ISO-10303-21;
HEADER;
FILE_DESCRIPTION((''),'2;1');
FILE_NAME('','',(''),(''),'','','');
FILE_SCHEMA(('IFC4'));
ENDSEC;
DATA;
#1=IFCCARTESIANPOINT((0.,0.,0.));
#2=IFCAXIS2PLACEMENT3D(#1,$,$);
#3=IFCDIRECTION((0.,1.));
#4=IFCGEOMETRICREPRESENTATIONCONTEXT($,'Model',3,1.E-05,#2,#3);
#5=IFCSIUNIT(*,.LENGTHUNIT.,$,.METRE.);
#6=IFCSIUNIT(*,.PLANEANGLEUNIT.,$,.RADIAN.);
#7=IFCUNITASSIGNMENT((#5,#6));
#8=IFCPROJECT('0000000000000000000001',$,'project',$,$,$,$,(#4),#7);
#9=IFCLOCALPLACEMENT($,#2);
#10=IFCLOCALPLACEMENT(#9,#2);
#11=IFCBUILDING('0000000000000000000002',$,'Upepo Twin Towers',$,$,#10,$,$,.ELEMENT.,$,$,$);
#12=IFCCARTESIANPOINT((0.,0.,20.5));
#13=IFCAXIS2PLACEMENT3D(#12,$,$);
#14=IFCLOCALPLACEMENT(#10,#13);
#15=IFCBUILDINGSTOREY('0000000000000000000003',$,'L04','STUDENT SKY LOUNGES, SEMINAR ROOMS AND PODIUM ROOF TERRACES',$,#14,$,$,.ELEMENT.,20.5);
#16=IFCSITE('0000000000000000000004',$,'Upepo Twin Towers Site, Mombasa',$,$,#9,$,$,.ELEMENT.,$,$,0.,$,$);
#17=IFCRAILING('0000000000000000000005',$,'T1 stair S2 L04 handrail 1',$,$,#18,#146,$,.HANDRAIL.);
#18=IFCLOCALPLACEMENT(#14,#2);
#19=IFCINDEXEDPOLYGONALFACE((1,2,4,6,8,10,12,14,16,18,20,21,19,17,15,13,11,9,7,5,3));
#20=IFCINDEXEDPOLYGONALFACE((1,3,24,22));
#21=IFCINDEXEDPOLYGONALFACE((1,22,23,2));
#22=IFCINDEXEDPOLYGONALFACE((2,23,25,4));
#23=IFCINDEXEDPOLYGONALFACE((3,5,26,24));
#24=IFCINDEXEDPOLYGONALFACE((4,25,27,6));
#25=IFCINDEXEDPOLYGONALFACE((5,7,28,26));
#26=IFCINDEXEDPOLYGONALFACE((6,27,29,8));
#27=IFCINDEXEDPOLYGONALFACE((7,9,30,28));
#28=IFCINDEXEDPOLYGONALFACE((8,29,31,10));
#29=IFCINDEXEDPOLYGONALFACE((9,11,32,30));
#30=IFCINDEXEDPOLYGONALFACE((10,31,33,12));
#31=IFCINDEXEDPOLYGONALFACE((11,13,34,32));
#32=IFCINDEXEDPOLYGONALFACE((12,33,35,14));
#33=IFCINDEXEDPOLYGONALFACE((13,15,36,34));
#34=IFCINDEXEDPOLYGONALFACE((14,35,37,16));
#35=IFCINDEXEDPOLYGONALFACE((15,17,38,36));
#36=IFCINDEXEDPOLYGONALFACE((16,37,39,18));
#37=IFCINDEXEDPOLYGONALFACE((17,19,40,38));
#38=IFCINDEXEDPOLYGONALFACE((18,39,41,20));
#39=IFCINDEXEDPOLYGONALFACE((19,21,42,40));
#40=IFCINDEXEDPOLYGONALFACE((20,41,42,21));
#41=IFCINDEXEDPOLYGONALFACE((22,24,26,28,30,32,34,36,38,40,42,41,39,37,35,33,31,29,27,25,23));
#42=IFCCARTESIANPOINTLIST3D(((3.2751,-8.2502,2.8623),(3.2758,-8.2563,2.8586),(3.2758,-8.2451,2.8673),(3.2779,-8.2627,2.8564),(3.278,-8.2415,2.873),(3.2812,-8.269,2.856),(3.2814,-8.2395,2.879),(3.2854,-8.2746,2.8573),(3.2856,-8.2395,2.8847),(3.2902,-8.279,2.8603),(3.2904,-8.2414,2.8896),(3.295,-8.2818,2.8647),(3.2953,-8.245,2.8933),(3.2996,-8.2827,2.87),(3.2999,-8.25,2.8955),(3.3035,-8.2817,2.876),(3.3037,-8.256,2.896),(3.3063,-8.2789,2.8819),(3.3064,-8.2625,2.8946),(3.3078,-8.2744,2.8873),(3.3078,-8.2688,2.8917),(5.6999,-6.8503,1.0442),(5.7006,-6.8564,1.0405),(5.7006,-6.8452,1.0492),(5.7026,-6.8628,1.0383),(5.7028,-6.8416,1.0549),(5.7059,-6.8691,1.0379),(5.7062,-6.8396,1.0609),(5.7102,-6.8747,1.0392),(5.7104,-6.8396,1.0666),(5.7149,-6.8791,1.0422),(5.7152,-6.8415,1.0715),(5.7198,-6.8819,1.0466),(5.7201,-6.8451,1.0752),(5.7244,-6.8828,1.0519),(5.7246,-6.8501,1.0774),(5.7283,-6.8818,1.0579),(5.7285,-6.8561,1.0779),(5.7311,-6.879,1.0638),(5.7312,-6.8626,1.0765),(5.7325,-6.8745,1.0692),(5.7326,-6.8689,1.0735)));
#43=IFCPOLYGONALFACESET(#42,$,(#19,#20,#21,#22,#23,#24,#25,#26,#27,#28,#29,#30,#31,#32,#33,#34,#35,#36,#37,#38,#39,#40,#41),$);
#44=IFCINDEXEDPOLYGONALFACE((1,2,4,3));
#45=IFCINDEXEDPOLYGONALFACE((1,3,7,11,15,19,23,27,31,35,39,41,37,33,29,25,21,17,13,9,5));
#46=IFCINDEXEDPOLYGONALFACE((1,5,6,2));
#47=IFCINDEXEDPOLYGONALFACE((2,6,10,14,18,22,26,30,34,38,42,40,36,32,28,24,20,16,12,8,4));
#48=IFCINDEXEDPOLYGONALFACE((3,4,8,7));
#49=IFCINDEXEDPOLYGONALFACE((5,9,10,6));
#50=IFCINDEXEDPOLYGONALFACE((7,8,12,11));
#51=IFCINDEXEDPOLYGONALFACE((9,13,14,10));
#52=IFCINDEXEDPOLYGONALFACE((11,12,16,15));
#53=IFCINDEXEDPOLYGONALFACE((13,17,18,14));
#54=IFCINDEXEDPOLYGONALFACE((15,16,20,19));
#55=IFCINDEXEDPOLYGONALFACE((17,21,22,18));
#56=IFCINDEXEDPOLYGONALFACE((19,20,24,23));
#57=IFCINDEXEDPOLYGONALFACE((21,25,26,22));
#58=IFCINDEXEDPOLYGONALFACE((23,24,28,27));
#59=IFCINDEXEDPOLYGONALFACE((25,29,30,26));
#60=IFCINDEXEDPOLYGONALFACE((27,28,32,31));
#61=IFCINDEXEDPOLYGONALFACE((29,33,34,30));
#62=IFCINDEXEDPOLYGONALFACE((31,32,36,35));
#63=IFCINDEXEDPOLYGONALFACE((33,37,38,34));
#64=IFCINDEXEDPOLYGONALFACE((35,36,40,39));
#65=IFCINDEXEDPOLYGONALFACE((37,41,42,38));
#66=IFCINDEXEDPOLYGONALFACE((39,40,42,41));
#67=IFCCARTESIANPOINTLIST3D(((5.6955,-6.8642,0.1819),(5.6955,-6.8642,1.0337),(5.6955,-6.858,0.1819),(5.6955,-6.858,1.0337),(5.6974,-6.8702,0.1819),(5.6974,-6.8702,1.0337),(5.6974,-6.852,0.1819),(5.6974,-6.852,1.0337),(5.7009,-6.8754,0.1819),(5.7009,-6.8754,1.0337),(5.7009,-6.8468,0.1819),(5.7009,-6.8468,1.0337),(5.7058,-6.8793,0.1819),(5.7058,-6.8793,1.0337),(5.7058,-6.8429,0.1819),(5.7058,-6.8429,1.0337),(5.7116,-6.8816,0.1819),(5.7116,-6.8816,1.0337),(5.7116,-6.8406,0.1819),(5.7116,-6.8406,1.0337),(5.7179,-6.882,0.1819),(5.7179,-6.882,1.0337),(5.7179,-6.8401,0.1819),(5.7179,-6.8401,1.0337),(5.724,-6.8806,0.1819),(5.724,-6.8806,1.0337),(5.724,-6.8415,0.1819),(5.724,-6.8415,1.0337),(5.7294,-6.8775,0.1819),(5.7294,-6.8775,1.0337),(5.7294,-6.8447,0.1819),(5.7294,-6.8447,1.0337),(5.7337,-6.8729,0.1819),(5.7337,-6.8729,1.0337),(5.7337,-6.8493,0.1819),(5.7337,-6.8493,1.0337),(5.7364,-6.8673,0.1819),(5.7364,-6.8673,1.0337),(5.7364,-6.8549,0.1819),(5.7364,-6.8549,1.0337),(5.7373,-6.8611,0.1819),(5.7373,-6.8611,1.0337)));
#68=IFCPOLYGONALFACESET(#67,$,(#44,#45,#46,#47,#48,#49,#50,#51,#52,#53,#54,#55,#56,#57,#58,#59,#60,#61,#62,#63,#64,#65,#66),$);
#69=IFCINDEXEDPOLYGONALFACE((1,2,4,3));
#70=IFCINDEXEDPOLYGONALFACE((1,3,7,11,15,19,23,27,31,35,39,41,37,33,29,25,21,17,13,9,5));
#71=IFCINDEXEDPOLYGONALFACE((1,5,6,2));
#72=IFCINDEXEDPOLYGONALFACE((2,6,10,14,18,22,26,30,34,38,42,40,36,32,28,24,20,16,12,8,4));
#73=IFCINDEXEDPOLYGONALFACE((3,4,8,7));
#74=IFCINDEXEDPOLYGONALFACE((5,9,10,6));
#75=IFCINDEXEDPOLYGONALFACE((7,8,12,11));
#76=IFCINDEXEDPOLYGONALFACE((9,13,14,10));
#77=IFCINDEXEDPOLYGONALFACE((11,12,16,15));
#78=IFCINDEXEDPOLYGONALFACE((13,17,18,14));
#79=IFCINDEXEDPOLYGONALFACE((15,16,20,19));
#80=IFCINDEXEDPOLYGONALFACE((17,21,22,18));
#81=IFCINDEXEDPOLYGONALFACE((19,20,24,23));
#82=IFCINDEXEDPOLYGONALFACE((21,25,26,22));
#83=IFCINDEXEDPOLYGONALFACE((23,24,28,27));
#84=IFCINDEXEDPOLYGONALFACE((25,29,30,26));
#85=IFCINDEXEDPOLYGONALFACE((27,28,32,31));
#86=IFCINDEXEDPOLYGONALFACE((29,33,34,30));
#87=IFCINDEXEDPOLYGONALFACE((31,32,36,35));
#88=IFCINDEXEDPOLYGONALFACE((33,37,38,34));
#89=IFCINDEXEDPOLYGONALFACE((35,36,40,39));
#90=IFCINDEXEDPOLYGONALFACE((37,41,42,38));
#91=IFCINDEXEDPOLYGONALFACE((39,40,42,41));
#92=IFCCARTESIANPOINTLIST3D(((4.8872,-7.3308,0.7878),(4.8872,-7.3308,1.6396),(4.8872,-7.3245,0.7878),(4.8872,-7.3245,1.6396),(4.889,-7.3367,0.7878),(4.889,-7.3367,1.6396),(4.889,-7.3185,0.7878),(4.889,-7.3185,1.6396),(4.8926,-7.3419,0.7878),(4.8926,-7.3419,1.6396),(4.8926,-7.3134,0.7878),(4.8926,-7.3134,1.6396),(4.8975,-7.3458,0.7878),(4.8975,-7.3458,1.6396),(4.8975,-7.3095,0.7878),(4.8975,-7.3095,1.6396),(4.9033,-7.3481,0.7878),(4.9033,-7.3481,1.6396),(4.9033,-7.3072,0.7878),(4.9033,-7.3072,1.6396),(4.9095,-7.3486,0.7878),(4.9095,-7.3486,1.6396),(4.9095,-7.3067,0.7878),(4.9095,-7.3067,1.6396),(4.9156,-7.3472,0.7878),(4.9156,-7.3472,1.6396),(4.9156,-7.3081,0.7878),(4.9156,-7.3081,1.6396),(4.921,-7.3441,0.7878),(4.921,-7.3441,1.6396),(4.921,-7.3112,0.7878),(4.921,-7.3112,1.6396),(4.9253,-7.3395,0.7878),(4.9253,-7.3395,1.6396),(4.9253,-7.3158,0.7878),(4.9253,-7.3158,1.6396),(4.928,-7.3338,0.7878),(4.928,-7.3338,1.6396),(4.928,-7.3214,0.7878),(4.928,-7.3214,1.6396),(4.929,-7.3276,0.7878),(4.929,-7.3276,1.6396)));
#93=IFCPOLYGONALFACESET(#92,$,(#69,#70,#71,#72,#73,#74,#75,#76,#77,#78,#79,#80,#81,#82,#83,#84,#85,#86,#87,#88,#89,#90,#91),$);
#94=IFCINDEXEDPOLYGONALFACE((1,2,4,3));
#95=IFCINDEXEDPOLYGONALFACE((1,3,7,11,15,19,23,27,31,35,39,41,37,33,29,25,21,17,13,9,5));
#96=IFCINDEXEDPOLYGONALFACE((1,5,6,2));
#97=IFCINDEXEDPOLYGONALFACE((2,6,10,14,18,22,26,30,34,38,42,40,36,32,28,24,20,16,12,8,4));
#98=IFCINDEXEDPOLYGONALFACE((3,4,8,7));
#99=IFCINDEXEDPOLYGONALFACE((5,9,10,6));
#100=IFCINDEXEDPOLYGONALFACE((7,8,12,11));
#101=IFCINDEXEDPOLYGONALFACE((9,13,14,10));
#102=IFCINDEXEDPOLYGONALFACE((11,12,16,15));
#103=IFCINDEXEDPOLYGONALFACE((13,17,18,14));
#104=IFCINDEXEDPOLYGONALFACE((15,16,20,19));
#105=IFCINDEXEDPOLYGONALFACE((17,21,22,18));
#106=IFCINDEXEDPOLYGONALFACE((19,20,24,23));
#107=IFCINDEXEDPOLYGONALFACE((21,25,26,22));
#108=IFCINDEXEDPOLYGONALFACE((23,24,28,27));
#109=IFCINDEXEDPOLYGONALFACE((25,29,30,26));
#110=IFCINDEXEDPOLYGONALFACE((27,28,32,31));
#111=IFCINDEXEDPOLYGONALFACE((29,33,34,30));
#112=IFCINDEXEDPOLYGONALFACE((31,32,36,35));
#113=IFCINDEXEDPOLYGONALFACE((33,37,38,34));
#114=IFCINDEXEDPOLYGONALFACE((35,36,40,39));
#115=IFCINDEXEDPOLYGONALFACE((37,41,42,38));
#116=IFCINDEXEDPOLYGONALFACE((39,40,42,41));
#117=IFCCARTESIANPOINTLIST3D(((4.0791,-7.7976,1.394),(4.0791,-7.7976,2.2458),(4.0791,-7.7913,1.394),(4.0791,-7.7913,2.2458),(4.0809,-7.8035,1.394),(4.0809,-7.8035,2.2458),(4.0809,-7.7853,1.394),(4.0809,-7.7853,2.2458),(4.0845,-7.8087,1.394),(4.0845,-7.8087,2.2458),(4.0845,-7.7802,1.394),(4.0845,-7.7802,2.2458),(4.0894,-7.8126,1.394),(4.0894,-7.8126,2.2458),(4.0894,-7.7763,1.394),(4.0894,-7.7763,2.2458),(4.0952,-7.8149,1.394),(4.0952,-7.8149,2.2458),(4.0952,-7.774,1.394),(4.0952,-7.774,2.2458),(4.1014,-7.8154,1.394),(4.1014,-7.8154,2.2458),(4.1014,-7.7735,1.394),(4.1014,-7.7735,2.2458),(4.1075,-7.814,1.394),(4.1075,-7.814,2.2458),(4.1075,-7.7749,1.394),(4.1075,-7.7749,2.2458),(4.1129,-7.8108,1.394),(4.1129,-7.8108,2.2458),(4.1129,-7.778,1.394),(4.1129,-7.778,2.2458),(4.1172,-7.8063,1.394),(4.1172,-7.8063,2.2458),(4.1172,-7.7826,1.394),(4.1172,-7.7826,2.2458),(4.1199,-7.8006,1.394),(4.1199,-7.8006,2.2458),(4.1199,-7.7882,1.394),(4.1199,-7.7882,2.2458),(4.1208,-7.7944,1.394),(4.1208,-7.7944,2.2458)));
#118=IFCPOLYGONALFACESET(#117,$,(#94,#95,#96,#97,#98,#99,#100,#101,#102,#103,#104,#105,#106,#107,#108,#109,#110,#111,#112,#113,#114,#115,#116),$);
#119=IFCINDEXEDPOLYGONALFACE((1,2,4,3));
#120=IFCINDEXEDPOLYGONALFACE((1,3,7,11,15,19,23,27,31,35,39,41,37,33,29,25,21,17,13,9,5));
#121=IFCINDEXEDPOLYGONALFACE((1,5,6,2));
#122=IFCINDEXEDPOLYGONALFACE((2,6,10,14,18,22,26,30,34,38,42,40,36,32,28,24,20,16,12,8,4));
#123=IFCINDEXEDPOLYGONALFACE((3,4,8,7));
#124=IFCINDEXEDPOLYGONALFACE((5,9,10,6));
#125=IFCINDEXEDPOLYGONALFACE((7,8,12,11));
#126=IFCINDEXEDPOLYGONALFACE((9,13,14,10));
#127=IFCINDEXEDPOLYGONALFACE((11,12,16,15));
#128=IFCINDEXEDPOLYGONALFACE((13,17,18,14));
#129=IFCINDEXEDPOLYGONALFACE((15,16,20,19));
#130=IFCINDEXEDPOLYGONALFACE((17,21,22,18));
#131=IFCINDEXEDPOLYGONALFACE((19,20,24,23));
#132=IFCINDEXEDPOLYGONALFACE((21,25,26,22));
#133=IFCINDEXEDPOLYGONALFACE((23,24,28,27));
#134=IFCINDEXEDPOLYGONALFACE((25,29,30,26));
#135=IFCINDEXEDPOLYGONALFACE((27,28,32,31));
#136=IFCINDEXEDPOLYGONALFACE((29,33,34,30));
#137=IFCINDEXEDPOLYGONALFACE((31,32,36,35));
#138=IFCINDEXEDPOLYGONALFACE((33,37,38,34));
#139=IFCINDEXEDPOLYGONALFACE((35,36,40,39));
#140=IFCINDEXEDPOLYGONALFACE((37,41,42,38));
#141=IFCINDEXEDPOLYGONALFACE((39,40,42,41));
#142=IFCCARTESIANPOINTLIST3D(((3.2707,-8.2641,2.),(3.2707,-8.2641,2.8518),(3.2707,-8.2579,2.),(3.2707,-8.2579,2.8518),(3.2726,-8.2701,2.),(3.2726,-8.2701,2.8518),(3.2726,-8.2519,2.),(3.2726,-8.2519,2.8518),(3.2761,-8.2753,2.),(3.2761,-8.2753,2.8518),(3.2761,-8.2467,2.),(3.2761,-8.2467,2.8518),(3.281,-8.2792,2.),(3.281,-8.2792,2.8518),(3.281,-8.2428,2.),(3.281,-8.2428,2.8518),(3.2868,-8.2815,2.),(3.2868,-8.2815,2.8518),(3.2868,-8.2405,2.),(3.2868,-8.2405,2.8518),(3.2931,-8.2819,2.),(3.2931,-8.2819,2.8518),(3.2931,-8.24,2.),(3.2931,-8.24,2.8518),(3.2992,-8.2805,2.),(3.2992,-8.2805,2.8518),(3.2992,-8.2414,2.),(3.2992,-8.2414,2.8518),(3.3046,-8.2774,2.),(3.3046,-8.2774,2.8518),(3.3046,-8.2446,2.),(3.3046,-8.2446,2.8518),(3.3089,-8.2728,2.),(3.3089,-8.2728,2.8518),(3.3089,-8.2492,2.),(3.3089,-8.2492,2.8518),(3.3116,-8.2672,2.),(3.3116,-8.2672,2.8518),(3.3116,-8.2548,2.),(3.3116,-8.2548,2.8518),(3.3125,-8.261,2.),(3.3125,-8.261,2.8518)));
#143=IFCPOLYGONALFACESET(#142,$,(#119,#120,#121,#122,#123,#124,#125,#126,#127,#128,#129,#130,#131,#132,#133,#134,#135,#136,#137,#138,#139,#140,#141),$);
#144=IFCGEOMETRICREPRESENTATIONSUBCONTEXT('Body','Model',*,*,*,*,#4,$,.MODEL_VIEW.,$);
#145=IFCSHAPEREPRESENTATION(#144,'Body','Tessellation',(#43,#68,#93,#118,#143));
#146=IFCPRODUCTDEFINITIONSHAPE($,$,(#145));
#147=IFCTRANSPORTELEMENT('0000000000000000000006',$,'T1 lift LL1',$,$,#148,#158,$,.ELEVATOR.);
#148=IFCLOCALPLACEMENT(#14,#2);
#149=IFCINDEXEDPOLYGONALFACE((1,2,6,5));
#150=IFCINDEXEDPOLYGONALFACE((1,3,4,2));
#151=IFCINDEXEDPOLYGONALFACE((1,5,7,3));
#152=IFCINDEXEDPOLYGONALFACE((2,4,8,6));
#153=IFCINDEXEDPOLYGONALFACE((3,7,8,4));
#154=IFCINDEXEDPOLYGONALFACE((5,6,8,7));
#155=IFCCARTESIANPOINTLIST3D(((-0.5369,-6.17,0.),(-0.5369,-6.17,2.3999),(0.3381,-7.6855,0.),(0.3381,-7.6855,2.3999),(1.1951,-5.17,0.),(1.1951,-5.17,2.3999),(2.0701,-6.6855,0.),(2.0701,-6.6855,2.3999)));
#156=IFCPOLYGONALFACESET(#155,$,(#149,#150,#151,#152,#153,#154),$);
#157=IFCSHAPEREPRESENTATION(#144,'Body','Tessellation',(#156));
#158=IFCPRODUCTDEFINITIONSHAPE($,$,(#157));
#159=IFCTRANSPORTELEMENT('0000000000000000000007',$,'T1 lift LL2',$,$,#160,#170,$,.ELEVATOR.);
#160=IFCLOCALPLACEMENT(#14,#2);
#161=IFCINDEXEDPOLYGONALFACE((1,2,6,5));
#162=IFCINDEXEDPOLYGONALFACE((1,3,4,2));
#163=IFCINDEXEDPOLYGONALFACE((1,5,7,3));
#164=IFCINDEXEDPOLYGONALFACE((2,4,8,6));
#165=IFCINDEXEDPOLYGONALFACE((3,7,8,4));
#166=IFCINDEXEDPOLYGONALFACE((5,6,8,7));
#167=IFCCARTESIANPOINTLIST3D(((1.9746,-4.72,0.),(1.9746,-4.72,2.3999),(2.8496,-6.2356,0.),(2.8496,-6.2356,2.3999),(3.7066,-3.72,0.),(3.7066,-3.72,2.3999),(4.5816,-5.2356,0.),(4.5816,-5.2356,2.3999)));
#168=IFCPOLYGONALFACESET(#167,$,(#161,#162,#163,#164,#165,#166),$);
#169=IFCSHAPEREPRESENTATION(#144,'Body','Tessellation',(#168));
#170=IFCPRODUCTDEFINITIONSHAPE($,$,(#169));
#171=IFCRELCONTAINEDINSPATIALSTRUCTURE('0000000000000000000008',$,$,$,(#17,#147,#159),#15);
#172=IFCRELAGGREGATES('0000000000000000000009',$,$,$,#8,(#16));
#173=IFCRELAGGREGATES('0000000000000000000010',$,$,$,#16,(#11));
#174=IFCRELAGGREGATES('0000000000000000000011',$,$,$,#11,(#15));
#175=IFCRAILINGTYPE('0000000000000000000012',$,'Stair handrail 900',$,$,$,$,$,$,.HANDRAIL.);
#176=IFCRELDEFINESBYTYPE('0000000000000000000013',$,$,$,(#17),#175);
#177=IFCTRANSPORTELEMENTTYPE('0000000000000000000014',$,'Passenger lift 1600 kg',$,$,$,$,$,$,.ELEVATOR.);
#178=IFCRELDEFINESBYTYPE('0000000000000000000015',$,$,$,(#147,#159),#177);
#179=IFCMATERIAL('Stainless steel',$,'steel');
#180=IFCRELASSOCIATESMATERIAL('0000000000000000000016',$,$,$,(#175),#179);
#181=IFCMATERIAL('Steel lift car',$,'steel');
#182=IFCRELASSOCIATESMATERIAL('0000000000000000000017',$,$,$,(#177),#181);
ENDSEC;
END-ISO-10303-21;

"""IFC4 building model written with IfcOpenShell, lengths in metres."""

from ifc_helpers import new_model, si_unit, direction, frame, origin, origin_2d, place, context, subcontext, project, spatial, rectangle, circle, extrude, material, type_object, element, save


model = new_model("IFC4")

# Units and contexts
model_context = context("Model", 3, precision=1e-05, world=origin(), true_north=direction((0.0, 1.0)))
body_context = subcontext(model_context, "Body", "Model", "MODEL_VIEW")
ifc_project = project(units=[si_unit("LENGTHUNIT", "METRE"), si_unit("PLANEANGLEUNIT", "RADIAN")], contexts=[model_context])

# Site, building, storey
site_placement = place(None, origin())
site = spatial("IfcSite", under=ifc_project, at=site_placement, Name="Upepo Twin Towers Site, Mombasa", CompositionType="ELEMENT", RefElevation=0.0)
building_placement = place(site_placement, origin())
building = spatial("IfcBuilding", under=site, at=building_placement, Name="Upepo Twin Towers", CompositionType="ELEMENT")
storey_placement = place(building_placement, frame((0.0, 0.0, 20.5)))
storey = spatial("IfcBuildingStorey", under=building, at=storey_placement, Name="L04", Description="STUDENT SKY LOUNGES, SEMINAR ROOMS AND PODIUM ROOF TERRACES", CompositionType="ELEMENT", Elevation=20.5)

# Railing
ifc_material_1 = material(Name="Stainless steel", Category="steel")
railing_type = type_object("IfcRailingType", Name="Stair handrail 900", PredefinedType="HANDRAIL", material=ifc_material_1)
railing_placement = place(storey_placement, frame((5.7163, -6.8611, 0.1819)))
element("IfcRailing", 1, at=railing_placement, inside=storey, type_object=railing_type, Name="T1 stair S2 L04 handrail 1", PredefinedType="HANDRAIL", context=body_context, shape_type="SweptSolid", body=[
    extrude(circle(Radius=0.0239, at=origin_2d()), frame((0.0, 0.0, 0.876), z_axis=(-0.726336, -0.419333, 0.544606), x_axis=(0.499984, -0.866035, 0.0)), (0.0, 0.0, 1.0), 3.3384),
    extrude(circle(Radius=0.021, at=origin_2d()), origin(), (0.0, 0.0, 1.0), 0.8518),
    extrude(circle(Radius=0.021, at=origin_2d()), frame((-0.8083, -0.4666, 0.606)), (0.0, 0.0, 1.0), 0.8518),
    extrude(circle(Radius=0.021, at=origin_2d()), frame((-1.6165, -0.9333, 1.2122)), (0.0, 0.0, 1.0), 0.8518),
    extrude(circle(Radius=0.021, at=origin_2d()), frame((-2.4248, -1.3999, 1.8181)), (0.0, 0.0, 1.0), 0.8518),
])

# Transport elements
ifc_material_2 = material(Name="Steel lift car", Category="steel")
transport_element_type = type_object("IfcTransportElementType", Name="Passenger lift 1600 kg", PredefinedType="ELEVATOR", material=ifc_material_2)
for number, where, z_axis, x_axis, name in (
    (2, (0.7666, -6.4277, 0.0), (0.0, 0.0, 1.0), (0.866025, 0.5, 0.0), "T1 lift LL1"),
    (3, (3.2781, -4.9778, 0.0), (0.0, 0.0, 1.0), (0.866025, 0.5, 0.0), "T1 lift LL2"),
):
    element("IfcTransportElement", number, at=place(storey_placement, frame(where, z_axis=z_axis, x_axis=x_axis)), inside=storey, type_object=transport_element_type, Name=name, PredefinedType="ELEVATOR", context=body_context, shape_type="SweptSolid", body=[
        extrude(rectangle(XDim=2.0, YDim=1.75, at=origin_2d()), origin(), (0.0, 0.0, 1.0), 2.3999),
    ])

save(model, "model.ifc")
